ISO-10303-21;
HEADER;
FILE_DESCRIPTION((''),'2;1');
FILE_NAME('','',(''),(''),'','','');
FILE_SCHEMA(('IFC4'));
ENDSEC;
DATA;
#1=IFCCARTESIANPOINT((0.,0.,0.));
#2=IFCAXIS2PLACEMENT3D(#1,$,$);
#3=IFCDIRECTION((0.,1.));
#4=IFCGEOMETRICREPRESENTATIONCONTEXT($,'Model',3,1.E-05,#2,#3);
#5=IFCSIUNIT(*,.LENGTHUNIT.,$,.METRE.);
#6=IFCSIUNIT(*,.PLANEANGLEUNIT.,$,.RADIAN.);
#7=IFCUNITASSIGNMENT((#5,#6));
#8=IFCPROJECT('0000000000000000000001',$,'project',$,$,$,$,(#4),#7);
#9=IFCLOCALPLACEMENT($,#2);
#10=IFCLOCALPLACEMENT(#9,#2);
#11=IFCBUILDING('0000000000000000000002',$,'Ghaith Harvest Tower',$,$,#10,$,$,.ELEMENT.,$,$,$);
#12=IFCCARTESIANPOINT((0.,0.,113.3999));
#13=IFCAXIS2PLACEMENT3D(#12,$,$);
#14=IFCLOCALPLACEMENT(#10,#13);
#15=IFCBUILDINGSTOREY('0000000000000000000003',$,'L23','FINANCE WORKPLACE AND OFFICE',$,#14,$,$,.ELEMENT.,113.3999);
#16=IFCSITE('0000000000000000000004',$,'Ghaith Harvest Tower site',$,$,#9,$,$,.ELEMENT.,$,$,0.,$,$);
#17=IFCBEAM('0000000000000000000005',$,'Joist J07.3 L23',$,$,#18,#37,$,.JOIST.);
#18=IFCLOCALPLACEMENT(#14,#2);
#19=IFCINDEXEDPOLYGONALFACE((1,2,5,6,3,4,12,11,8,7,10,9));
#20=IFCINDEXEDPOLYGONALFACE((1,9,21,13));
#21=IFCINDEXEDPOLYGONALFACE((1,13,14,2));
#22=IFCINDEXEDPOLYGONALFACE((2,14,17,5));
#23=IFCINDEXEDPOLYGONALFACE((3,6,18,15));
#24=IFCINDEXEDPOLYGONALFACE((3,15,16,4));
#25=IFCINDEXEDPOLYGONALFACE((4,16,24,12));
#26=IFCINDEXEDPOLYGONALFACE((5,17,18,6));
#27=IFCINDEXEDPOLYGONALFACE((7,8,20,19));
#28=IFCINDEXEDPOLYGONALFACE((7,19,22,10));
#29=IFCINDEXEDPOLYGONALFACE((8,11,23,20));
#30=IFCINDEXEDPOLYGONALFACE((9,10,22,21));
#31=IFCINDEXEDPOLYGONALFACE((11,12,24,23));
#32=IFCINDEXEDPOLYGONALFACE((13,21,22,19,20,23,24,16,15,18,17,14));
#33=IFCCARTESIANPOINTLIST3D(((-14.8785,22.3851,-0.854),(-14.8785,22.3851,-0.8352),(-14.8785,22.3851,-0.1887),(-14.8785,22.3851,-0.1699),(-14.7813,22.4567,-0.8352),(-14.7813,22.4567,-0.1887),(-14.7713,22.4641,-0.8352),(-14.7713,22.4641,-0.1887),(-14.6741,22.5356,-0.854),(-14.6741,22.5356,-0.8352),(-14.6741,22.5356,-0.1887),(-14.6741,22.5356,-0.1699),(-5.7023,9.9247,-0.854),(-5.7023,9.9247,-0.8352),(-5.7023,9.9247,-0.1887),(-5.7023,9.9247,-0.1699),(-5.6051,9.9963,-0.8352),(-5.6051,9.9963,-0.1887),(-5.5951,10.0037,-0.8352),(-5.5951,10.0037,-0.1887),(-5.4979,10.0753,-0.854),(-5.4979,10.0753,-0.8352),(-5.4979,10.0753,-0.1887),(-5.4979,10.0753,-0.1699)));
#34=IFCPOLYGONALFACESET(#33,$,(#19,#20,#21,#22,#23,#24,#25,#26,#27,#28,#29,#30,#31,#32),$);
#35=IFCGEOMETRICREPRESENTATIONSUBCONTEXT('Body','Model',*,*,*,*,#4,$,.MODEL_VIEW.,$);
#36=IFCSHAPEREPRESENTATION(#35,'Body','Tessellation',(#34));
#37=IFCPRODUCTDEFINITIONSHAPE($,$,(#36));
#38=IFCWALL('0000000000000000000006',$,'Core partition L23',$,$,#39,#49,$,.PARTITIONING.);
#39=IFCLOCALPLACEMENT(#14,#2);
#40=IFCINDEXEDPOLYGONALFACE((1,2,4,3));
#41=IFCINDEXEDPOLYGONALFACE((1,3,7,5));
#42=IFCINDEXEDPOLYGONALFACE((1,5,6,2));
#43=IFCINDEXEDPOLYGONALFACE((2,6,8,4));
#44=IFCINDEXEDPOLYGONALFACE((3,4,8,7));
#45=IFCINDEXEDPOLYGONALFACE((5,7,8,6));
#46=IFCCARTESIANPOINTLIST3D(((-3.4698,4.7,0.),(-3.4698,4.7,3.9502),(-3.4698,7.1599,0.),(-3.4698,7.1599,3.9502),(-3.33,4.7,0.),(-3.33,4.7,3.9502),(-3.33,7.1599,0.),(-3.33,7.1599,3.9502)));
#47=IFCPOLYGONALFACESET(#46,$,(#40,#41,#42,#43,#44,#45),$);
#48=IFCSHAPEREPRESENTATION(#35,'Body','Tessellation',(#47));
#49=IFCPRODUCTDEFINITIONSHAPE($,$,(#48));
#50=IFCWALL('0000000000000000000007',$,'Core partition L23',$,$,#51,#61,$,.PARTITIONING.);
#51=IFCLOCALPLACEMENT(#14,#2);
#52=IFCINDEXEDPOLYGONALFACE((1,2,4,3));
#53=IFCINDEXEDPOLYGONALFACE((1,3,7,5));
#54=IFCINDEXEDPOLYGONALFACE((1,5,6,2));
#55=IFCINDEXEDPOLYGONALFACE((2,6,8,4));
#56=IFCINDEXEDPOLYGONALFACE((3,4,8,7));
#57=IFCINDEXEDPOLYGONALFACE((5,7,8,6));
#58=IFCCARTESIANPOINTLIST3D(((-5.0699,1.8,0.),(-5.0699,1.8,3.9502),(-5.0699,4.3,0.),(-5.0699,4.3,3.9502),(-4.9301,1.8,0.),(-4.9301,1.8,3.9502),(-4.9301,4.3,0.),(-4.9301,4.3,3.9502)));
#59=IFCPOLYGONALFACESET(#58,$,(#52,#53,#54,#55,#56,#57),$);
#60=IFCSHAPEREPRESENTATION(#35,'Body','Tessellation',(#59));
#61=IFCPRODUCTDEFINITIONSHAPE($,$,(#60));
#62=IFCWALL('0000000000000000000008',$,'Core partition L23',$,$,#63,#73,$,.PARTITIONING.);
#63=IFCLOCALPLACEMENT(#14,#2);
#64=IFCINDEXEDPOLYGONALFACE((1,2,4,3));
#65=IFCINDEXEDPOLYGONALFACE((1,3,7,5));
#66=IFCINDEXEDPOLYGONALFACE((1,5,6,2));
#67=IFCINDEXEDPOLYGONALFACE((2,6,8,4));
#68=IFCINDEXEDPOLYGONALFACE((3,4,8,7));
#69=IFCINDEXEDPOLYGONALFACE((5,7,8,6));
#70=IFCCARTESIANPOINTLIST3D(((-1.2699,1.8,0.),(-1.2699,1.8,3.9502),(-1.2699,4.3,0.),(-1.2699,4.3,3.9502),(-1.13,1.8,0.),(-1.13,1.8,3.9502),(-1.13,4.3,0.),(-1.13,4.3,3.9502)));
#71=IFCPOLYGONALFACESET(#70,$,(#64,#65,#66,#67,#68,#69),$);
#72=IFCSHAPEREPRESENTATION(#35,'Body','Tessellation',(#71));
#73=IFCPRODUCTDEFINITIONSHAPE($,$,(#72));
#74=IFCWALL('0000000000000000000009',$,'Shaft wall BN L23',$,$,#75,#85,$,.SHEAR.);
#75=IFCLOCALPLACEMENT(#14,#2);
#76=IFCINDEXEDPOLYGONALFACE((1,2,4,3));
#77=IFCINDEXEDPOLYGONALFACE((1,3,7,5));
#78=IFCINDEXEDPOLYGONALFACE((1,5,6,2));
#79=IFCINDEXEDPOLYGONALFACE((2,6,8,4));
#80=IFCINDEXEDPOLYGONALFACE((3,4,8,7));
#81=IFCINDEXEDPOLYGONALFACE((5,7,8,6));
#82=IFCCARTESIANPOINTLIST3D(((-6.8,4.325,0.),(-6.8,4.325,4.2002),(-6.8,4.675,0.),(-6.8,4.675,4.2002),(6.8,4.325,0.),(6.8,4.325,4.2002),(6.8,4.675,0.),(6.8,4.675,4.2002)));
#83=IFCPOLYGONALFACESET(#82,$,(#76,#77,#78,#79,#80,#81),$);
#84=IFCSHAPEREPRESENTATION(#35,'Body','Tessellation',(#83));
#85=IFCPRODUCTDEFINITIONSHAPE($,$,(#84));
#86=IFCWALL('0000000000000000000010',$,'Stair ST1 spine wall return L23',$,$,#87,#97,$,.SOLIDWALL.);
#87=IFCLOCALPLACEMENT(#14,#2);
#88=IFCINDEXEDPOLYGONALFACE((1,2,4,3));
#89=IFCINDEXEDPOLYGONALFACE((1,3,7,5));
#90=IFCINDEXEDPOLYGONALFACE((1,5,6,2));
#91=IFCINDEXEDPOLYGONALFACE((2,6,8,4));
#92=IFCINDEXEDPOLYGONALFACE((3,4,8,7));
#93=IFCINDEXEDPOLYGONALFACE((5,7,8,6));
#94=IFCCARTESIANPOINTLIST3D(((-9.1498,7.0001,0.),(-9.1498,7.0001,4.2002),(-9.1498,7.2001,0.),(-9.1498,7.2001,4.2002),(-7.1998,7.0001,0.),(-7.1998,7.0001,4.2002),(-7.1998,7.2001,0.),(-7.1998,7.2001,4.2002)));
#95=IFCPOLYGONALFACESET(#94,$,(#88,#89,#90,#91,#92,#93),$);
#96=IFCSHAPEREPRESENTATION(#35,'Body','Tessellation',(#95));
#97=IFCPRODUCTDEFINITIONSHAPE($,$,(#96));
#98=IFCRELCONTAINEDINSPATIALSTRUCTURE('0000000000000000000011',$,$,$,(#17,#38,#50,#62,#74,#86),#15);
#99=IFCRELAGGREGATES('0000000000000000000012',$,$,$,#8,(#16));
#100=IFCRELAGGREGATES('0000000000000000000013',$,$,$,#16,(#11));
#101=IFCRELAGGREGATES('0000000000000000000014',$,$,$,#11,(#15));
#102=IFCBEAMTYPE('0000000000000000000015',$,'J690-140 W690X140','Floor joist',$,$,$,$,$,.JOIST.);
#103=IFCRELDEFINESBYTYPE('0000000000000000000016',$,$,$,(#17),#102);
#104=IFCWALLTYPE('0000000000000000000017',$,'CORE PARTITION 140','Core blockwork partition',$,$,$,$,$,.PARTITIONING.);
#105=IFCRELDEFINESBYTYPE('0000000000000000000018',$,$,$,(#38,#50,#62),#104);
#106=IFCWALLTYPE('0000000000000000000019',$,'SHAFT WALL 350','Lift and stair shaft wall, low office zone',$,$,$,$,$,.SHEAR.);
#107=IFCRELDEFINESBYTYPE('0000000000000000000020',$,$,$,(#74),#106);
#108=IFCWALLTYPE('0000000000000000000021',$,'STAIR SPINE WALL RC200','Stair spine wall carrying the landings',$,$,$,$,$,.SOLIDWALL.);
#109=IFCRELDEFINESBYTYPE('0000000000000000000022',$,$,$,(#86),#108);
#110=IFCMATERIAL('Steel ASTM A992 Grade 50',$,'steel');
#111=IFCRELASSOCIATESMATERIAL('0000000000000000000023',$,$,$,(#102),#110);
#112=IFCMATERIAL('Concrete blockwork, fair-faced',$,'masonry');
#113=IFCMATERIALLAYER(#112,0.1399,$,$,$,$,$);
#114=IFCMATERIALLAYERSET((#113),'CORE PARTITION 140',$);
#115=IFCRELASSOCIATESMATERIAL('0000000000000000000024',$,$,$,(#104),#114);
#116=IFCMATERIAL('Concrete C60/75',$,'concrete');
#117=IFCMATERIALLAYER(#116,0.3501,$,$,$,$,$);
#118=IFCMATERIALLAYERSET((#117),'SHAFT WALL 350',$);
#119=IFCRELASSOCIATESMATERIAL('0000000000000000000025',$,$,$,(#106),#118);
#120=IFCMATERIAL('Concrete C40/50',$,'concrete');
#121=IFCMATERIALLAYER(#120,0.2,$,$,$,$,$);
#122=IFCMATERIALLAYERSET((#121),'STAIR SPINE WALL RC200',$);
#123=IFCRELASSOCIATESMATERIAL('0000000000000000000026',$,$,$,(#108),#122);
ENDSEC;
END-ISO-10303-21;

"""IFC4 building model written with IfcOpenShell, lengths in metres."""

from ifc_helpers import new_model, si_unit, direction, frame, frame_2d, origin, origin_2d, place, context, subcontext, project, spatial, rectangle, i_section, extrude, material, layer, layer_set, material_profile, profile_set, type_object, element, save


model = new_model("IFC4")

# Units and contexts
model_context = context("Model", 3, precision=1e-05, world=origin(), true_north=direction((0.0, 1.0)))
body_context = subcontext(model_context, "Body", "Model", "MODEL_VIEW")
ifc_project = project(units=[si_unit("LENGTHUNIT", "METRE"), si_unit("PLANEANGLEUNIT", "RADIAN")], contexts=[model_context])

# Site, building, storey
site_placement = place(None, origin())
site = spatial("IfcSite", under=ifc_project, at=site_placement, Name="Ghaith Harvest Tower site", CompositionType="ELEMENT", RefElevation=0.0)
building_placement = place(site_placement, origin())
building = spatial("IfcBuilding", under=site, at=building_placement, Name="Ghaith Harvest Tower", CompositionType="ELEMENT")
storey_placement = place(building_placement, frame((0.0, 0.0, 113.3999)))
storey = spatial("IfcBuildingStorey", under=building, at=storey_placement, Name="L23", Description="FINANCE WORKPLACE AND OFFICE", CompositionType="ELEMENT", Elevation=113.3999)

# Beam
ifc_material_1 = material(Name="Steel ASTM A992 Grade 50", Category="steel")
ifc_material_profile_1 = material_profile(ifc_material_1, i_section(OverallWidth=0.2539, OverallDepth=0.6841, WebThickness=0.0125, FlangeThickness=0.0188, at=origin_2d()), Name="W690X140")
ifc_profile_set_1 = profile_set([ifc_material_profile_1], Name="Steel ASTM A992 Grade 50")
beam_type_1 = type_object("IfcBeamType", Name="J690-140 W690X140", Description="Floor joist", PredefinedType="JOIST", material=ifc_profile_set_1)
beam_1_placement = place(storey_placement, frame((-5.6001, 10.0, -0.512), z_axis=(-0.592985, 0.805214, 0.0), x_axis=(-0.805214, -0.592985, 0.0)))
element("IfcBeam", 1, at=beam_1_placement, inside=storey, type_object=beam_type_1, Name="Joist J07.3 L23", PredefinedType="JOIST", context=body_context, shape_type="SweptSolid", body=[
    extrude(i_section(OverallWidth=0.2539, OverallDepth=0.6841, WebThickness=0.0125, FlangeThickness=0.0188, at=origin_2d()), origin(), (0.0, 0.0, 1.0), 15.4746),
])

# Shared definitions
ifc_material_2 = material(Name="Concrete blockwork, fair-faced", Category="masonry")
ifc_layer_1 = layer(ifc_material_2, 0.1399)
ifc_layer_set_1 = layer_set([ifc_layer_1], Name="CORE PARTITION 140")
wall_type_1 = type_object("IfcWallType", Name="CORE PARTITION 140", Description="Core blockwork partition", PredefinedType="PARTITIONING", material=ifc_layer_set_1)

# Walls
wall_1_placement = place(storey_placement, frame((-3.3999, 4.7, 0.0), z_axis=(0.0, 0.0, 1.0), x_axis=(0.0, 1.0, 0.0)))
element("IfcWall", 2, at=wall_1_placement, inside=storey, type_object=wall_type_1, Name="Core partition L23", PredefinedType="PARTITIONING", context=body_context, shape_type="SweptSolid", body=[
    extrude(rectangle(XDim=2.46, YDim=0.1399, at=frame_2d((1.23, 0.0))), origin(), (0.0, 0.0, 1.0), 3.9502),
])
for number, where, z_axis, x_axis, name in (
    (3, (-5.0, 1.8, 0.0), (0.0, 0.0, 1.0), (0.0, 1.0, 0.0), "Core partition L23"),
    (4, (-1.2, 1.8, 0.0), (0.0, 0.0, 1.0), (0.0, 1.0, 0.0), "Core partition L23"),
):
    element("IfcWall", number, at=place(storey_placement, frame(where, z_axis=z_axis, x_axis=x_axis)), inside=storey, type_object=wall_type_1, Name=name, PredefinedType="PARTITIONING", context=body_context, shape_type="SweptSolid", body=[
        extrude(rectangle(XDim=2.5, YDim=0.1399, at=frame_2d((1.25, 0.0))), origin(), (0.0, 0.0, 1.0), 3.9502),
    ])

# Shared definitions
ifc_material_3 = material(Name="Concrete C60/75", Category="concrete")
ifc_layer_2 = layer(ifc_material_3, 0.3501)
ifc_layer_set_2 = layer_set([ifc_layer_2], Name="SHAFT WALL 350")
wall_type_2 = type_object("IfcWallType", Name="SHAFT WALL 350", Description="Lift and stair shaft wall, low office zone", PredefinedType="SHEAR", material=ifc_layer_set_2)

# Walls
wall_2_placement = place(storey_placement, frame((-6.8, 4.5, 0.0), z_axis=(0.0, 0.0, 1.0), x_axis=(1.0, 0.0, 0.0)))
element("IfcWall", 5, at=wall_2_placement, inside=storey, type_object=wall_type_2, Name="Shaft wall BN L23", PredefinedType="SHEAR", context=body_context, shape_type="SweptSolid", body=[
    extrude(rectangle(XDim=13.6001, YDim=0.3501, at=frame_2d((6.8, 0.0))), origin(), (0.0, 0.0, 1.0), 4.2002),
])
ifc_material_4 = material(Name="Concrete C40/50", Category="concrete")
ifc_layer_3 = layer(ifc_material_4, 0.2)
ifc_layer_set_3 = layer_set([ifc_layer_3], Name="STAIR SPINE WALL RC200")
wall_type_3 = type_object("IfcWallType", Name="STAIR SPINE WALL RC200", Description="Stair spine wall carrying the landings", PredefinedType="SOLIDWALL", material=ifc_layer_set_3)
wall_3_placement = place(storey_placement, frame((-9.1499, 7.1001, 0.0), z_axis=(0.0, 0.0, 1.0), x_axis=(1.0, 0.0, 0.0)))
element("IfcWall", 6, at=wall_3_placement, inside=storey, type_object=wall_type_3, Name="Stair ST1 spine wall return L23", PredefinedType="SOLIDWALL", context=body_context, shape_type="SweptSolid", body=[
    extrude(rectangle(XDim=1.95, YDim=0.2, at=frame_2d((0.9751, 0.0))), origin(), (0.0, 0.0, 1.0), 4.2002),
])

save(model, "model.ifc")
